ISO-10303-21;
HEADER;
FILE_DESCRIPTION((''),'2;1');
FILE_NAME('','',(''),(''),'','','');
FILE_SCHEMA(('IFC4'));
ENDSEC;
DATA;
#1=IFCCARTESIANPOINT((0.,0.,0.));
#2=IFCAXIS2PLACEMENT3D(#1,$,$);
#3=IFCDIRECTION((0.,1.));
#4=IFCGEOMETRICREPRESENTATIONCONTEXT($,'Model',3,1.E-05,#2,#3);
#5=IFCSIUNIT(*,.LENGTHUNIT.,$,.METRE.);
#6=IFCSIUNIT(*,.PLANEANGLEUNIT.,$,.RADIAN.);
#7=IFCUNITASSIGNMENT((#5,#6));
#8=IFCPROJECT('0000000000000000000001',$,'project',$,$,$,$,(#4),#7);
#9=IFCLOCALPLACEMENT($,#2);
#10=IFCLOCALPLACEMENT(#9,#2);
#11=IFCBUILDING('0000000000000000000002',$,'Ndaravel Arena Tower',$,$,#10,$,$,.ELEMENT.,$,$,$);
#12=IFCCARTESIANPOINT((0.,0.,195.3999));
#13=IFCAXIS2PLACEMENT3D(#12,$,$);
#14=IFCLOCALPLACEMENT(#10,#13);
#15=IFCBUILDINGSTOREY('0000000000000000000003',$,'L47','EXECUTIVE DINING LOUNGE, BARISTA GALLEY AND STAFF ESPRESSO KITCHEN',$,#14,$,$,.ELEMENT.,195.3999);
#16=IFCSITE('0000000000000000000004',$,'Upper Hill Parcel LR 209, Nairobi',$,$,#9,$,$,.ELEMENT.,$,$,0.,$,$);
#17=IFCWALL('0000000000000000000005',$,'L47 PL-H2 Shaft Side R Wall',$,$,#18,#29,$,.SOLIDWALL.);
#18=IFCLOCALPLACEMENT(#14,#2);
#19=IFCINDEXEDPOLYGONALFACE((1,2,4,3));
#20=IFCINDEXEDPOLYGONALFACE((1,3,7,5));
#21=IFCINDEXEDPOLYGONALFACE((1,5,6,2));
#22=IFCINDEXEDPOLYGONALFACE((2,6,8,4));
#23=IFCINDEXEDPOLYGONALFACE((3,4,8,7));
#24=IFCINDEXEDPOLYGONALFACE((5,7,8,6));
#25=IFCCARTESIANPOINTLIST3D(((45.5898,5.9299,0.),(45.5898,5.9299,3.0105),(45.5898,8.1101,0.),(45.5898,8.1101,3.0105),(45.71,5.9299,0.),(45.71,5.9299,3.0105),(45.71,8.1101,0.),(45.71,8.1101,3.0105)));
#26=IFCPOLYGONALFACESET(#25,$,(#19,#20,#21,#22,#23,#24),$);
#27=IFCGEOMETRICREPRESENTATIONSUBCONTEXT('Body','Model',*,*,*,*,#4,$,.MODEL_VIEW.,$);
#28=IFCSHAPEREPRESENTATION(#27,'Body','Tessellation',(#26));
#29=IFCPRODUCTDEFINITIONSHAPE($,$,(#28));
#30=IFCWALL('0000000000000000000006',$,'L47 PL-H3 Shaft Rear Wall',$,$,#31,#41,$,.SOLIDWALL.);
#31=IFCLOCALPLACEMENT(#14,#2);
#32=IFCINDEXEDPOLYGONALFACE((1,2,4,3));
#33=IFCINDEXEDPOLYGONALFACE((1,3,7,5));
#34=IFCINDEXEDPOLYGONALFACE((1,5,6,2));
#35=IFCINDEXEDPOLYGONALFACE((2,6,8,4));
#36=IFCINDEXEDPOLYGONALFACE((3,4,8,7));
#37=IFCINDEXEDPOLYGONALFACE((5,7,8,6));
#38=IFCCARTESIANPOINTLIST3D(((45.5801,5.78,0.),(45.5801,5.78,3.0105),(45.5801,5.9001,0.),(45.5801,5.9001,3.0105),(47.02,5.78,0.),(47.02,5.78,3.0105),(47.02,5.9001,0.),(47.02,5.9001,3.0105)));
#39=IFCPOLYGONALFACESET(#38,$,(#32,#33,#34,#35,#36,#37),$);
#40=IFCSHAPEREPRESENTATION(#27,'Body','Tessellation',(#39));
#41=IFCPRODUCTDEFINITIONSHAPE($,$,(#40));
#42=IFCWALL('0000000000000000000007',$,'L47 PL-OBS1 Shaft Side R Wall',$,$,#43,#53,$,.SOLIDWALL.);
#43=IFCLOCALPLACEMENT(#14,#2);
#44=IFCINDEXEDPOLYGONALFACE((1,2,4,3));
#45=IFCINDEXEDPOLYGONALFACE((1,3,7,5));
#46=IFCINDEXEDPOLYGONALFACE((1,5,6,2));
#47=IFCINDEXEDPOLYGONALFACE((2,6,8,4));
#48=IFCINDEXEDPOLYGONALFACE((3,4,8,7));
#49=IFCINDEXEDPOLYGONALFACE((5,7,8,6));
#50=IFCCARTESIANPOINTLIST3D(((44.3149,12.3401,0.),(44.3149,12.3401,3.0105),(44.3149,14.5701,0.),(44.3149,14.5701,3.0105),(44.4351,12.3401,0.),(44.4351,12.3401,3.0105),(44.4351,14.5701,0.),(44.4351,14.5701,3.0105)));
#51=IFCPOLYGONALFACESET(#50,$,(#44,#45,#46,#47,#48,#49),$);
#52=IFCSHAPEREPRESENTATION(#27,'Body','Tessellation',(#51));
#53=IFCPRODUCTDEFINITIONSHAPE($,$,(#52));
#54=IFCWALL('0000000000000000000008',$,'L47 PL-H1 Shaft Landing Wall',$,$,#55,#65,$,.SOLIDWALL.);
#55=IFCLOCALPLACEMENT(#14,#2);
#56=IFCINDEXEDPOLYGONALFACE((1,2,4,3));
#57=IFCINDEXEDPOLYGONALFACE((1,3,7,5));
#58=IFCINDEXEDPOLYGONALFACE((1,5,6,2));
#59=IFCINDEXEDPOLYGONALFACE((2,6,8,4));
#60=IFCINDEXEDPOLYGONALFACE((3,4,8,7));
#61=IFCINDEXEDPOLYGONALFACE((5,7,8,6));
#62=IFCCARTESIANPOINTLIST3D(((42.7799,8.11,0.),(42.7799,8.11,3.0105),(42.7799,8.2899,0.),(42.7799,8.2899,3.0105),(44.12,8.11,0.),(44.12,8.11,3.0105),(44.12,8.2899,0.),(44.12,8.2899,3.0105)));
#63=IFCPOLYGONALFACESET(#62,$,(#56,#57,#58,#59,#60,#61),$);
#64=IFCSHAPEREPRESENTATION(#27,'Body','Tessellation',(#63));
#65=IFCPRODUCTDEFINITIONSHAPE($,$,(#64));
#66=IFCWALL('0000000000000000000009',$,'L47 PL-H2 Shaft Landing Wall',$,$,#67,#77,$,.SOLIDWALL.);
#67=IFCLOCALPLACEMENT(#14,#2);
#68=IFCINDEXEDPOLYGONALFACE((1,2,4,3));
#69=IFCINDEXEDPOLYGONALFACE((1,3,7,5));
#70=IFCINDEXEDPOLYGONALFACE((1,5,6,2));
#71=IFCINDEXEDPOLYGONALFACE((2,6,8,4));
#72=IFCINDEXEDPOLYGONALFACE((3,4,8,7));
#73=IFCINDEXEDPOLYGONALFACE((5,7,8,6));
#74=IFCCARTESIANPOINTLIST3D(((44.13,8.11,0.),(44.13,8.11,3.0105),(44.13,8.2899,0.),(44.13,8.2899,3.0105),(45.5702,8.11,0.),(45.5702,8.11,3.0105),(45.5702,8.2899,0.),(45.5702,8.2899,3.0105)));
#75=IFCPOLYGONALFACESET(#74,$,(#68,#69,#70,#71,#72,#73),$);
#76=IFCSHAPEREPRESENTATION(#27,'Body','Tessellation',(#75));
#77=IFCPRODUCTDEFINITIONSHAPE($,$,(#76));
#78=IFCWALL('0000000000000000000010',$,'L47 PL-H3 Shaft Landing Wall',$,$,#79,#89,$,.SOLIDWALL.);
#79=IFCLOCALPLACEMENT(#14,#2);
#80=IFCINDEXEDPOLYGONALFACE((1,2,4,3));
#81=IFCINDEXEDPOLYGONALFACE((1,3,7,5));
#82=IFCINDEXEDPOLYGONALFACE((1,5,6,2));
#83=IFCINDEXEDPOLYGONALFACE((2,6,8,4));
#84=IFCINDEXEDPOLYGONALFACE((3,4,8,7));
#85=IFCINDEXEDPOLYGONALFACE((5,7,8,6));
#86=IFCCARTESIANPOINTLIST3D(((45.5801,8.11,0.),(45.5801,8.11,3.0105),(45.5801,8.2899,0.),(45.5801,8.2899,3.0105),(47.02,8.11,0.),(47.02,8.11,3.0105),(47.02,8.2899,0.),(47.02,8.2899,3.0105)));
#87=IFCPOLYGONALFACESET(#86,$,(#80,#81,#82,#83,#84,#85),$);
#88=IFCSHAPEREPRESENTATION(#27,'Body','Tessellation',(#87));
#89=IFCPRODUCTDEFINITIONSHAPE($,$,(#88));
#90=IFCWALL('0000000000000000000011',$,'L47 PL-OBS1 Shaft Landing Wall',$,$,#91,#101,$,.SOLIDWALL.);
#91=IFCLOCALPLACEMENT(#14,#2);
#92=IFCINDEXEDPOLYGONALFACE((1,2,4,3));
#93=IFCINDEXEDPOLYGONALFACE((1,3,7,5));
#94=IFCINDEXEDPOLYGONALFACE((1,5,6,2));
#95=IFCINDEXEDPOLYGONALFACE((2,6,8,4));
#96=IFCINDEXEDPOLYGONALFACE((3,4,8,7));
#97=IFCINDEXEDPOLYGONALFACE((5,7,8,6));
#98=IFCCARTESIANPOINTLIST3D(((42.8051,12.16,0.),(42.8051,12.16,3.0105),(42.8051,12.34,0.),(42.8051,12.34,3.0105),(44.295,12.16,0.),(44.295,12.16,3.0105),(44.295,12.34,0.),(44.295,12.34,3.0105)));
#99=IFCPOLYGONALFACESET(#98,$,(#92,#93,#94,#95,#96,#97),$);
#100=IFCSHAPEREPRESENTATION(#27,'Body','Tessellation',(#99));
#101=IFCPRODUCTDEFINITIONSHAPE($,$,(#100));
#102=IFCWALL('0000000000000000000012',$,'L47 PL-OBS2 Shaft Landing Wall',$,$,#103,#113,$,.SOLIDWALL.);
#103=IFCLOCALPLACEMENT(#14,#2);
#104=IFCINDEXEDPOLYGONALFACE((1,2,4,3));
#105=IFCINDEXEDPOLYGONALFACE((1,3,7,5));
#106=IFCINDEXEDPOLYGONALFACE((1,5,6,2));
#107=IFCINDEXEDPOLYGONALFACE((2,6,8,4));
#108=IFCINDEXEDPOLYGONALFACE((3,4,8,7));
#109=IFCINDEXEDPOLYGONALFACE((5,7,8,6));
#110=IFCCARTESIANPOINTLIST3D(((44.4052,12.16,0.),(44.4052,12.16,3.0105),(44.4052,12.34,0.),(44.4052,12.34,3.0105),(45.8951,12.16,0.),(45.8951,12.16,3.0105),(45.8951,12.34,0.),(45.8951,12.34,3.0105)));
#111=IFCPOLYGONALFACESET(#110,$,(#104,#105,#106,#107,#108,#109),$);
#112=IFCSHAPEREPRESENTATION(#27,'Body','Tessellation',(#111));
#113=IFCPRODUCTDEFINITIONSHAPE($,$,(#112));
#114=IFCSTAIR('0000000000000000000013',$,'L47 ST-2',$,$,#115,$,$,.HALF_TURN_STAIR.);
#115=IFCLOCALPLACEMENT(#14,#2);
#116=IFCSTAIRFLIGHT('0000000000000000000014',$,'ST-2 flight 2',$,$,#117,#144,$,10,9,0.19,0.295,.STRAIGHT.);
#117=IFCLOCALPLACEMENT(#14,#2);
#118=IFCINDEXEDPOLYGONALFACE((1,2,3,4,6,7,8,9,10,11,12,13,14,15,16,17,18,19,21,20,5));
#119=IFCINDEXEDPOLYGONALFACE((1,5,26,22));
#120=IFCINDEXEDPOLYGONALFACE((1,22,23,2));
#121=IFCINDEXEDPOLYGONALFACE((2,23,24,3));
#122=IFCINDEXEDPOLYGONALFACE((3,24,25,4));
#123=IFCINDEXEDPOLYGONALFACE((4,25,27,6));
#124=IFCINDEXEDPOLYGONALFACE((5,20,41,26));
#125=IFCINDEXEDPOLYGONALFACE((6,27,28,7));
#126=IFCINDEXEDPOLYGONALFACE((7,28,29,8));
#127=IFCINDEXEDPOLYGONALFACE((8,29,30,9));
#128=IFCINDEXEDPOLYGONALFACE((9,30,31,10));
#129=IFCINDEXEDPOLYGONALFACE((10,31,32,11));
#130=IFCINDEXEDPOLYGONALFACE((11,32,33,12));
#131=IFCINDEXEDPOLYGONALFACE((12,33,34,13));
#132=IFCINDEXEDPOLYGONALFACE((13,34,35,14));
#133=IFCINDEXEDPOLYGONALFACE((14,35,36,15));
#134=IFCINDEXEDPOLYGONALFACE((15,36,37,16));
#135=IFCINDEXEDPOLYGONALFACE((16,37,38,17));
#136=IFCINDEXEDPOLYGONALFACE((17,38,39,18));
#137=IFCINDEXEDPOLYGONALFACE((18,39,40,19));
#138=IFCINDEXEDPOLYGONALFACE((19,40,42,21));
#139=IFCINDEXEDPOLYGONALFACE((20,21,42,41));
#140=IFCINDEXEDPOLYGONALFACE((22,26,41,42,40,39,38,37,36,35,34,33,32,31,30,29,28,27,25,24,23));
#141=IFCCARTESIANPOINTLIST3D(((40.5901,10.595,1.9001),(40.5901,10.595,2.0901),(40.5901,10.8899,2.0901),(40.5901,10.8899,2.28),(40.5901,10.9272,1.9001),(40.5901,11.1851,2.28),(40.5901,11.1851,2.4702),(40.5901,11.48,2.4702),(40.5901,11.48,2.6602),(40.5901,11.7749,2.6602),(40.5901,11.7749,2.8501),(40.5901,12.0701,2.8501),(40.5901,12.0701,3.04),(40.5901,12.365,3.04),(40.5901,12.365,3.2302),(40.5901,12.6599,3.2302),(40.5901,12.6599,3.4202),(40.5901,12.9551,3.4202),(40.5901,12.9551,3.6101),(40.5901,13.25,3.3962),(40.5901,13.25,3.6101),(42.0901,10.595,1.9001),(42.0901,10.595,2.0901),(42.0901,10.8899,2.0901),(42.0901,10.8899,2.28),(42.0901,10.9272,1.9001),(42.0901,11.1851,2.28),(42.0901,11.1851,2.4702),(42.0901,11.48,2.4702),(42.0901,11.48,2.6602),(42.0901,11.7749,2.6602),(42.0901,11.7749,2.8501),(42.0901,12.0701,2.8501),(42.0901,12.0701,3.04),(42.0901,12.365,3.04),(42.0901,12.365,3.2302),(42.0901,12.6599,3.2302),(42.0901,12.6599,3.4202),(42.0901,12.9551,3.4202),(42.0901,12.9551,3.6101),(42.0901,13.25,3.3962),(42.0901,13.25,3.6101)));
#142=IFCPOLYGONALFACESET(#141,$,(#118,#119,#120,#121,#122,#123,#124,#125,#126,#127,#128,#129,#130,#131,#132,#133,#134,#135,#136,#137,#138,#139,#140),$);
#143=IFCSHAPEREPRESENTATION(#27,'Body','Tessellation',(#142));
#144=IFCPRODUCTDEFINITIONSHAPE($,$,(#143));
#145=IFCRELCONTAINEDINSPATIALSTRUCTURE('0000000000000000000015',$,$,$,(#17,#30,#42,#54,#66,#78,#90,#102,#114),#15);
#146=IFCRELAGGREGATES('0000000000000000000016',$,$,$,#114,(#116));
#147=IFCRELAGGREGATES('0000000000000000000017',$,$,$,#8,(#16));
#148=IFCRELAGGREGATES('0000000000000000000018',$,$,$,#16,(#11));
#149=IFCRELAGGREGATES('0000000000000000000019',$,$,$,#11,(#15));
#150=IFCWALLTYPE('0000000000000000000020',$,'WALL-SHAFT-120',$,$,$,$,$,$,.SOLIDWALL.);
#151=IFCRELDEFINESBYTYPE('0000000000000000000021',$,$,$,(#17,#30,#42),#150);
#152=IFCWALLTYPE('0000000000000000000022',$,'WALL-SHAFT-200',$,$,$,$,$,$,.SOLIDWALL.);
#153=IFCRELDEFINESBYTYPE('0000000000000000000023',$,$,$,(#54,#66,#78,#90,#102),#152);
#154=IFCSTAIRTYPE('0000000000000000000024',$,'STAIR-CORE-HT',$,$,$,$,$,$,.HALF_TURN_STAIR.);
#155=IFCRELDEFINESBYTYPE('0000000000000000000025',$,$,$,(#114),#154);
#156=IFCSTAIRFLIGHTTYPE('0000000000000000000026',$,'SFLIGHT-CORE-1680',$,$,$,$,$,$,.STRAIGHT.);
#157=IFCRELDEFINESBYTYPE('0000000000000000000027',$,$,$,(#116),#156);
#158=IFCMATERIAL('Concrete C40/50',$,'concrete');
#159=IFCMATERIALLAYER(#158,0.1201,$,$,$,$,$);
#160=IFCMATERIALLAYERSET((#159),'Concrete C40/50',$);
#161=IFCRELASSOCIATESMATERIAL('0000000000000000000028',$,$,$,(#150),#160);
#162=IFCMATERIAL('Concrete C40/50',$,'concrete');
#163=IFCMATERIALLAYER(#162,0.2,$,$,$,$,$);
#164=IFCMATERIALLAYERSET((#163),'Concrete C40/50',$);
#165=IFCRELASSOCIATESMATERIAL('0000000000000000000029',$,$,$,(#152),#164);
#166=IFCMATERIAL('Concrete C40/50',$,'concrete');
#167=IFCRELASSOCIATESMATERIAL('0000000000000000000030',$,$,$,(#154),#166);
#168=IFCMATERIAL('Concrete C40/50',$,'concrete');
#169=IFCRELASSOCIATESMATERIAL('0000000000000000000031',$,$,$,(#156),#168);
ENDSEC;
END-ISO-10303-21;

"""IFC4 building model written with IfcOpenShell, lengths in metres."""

from ifc_helpers import new_model, si_unit, direction, frame, frame_2d, origin, place, context, subcontext, project, spatial, polyline, rectangle, outline, extrude, material, layer, layer_set, type_object, element, aggregate, save


model = new_model("IFC4")

# Units and contexts
model_context = context("Model", 3, precision=1e-05, world=origin(), true_north=direction((0.0, 1.0)))
body_context = subcontext(model_context, "Body", "Model", "MODEL_VIEW")
ifc_project = project(units=[si_unit("LENGTHUNIT", "METRE"), si_unit("PLANEANGLEUNIT", "RADIAN")], contexts=[model_context])

# Site, building, storey
site_placement = place(None, origin())
site = spatial("IfcSite", under=ifc_project, at=site_placement, Name="Upper Hill Parcel LR 209, Nairobi", CompositionType="ELEMENT", RefElevation=0.0)
building_placement = place(site_placement, origin())
building = spatial("IfcBuilding", under=site, at=building_placement, Name="Ndaravel Arena Tower", CompositionType="ELEMENT")
storey_placement = place(building_placement, frame((0.0, 0.0, 195.3999)))
storey = spatial("IfcBuildingStorey", under=building, at=storey_placement, Name="L47", Description="EXECUTIVE DINING LOUNGE, BARISTA GALLEY AND STAFF ESPRESSO KITCHEN", CompositionType="ELEMENT", Elevation=195.3999)

# Walls
ifc_material_1 = material(Name="Concrete C40/50", Category="concrete")
ifc_layer_1 = layer(ifc_material_1, 0.1201)
ifc_layer_set_1 = layer_set([ifc_layer_1], Name="Concrete C40/50")
wall_type_1 = type_object("IfcWallType", Name="WALL-SHAFT-120", PredefinedType="SOLIDWALL", material=ifc_layer_set_1)
wall_1_placement = place(storey_placement, frame((45.6499, 5.9299, 0.0), z_axis=(0.0, 0.0, 1.0), x_axis=(0.0, 1.0, 0.0)))
element("IfcWall", 1, at=wall_1_placement, inside=storey, type_object=wall_type_1, Name="L47 PL-H2 Shaft Side R Wall", PredefinedType="SOLIDWALL", context=body_context, shape_type="SweptSolid", body=[
    extrude(rectangle(XDim=2.1802, YDim=0.1201, at=frame_2d((1.0901, 0.0))), origin(), (0.0, 0.0, 1.0), 3.0105),
])
wall_2_placement = place(storey_placement, frame((45.5801, 5.8401, 0.0), z_axis=(0.0, 0.0, 1.0), x_axis=(1.0, 0.0, 0.0)))
element("IfcWall", 2, at=wall_2_placement, inside=storey, type_object=wall_type_1, Name="L47 PL-H3 Shaft Rear Wall", PredefinedType="SOLIDWALL", context=body_context, shape_type="SweptSolid", body=[
    extrude(rectangle(XDim=1.4399, YDim=0.1201, at=frame_2d((0.72, 0.0))), origin(), (0.0, 0.0, 1.0), 3.0105),
])
wall_3_placement = place(storey_placement, frame((44.375, 12.3401, 0.0), z_axis=(0.0, 0.0, 1.0), x_axis=(0.0, 1.0, 0.0)))
element("IfcWall", 3, at=wall_3_placement, inside=storey, type_object=wall_type_1, Name="L47 PL-OBS1 Shaft Side R Wall", PredefinedType="SOLIDWALL", context=body_context, shape_type="SweptSolid", body=[
    extrude(rectangle(XDim=2.23, YDim=0.1201, at=frame_2d((1.115, 0.0))), origin(), (0.0, 0.0, 1.0), 3.0105),
])
ifc_material_2 = material(Name="Concrete C40/50", Category="concrete")
ifc_layer_2 = layer(ifc_material_2, 0.2)
ifc_layer_set_2 = layer_set([ifc_layer_2], Name="Concrete C40/50")
wall_type_2 = type_object("IfcWallType", Name="WALL-SHAFT-200", PredefinedType="SOLIDWALL", material=ifc_layer_set_2)
wall_4_placement = place(storey_placement, frame((42.78, 8.2, 0.0), z_axis=(0.0, 0.0, 1.0), x_axis=(1.0, 0.0, 0.0)))
element("IfcWall", 4, at=wall_4_placement, inside=storey, type_object=wall_type_2, Name="L47 PL-H1 Shaft Landing Wall", PredefinedType="SOLIDWALL", context=body_context, shape_type="SweptSolid", body=[
    extrude(rectangle(XDim=1.3401, YDim=0.1799, at=frame_2d((0.6699, 0.0))), origin(), (0.0, 0.0, 1.0), 3.0105),
])
wall_5_placement = place(storey_placement, frame((44.1299, 8.2, 0.0), z_axis=(0.0, 0.0, 1.0), x_axis=(1.0, 0.0, 0.0)))
element("IfcWall", 5, at=wall_5_placement, inside=storey, type_object=wall_type_2, Name="L47 PL-H2 Shaft Landing Wall", PredefinedType="SOLIDWALL", context=body_context, shape_type="SweptSolid", body=[
    extrude(rectangle(XDim=1.4402, YDim=0.1799, at=frame_2d((0.7202, 0.0))), origin(), (0.0, 0.0, 1.0), 3.0105),
])
wall_6_placement = place(storey_placement, frame((45.5801, 8.2, 0.0), z_axis=(0.0, 0.0, 1.0), x_axis=(1.0, 0.0, 0.0)))
element("IfcWall", 6, at=wall_6_placement, inside=storey, type_object=wall_type_2, Name="L47 PL-H3 Shaft Landing Wall", PredefinedType="SOLIDWALL", context=body_context, shape_type="SweptSolid", body=[
    extrude(rectangle(XDim=1.4399, YDim=0.1799, at=frame_2d((0.72, 0.0))), origin(), (0.0, 0.0, 1.0), 3.0105),
])
for number, where, z_axis, x_axis, name in (
    (7, (42.8049, 12.25, 0.0), (0.0, 0.0, 1.0), (1.0, 0.0, 0.0), "L47 PL-OBS1 Shaft Landing Wall"),
    (8, (44.405, 12.25, 0.0), (0.0, 0.0, 1.0), (1.0, 0.0, 0.0), "L47 PL-OBS2 Shaft Landing Wall"),
):
    element("IfcWall", number, at=place(storey_placement, frame(where, z_axis=z_axis, x_axis=x_axis)), inside=storey, type_object=wall_type_2, Name=name, PredefinedType="SOLIDWALL", context=body_context, shape_type="SweptSolid", body=[
        extrude(rectangle(XDim=1.49, YDim=0.1799, at=frame_2d((0.7451, 0.0))), origin(), (0.0, 0.0, 1.0), 3.0105),
    ])

# Stair, stair flight
ifc_material_3 = material(Name="Concrete C40/50", Category="concrete")
stair_type = type_object("IfcStairType", Name="STAIR-CORE-HT", PredefinedType="HALF_TURN_STAIR", material=ifc_material_3)
stair_placement = place(storey_placement, origin())
stair = element("IfcStair", 9, at=stair_placement, inside=storey, type_object=stair_type, Name="L47 ST-2", PredefinedType="HALF_TURN_STAIR")
ifc_material_4 = material(Name="Concrete C40/50", Category="concrete")
stair_flight_type = type_object("IfcStairFlightType", Name="SFLIGHT-CORE-1680", PredefinedType="STRAIGHT", material=ifc_material_4)
stair_flight_placement = place(storey_placement, frame((41.3401, 10.595, 1.9001), z_axis=(0.0, 0.0, 1.0), x_axis=(0.0, 1.0, 0.0)))
stair_flight = element("IfcStairFlight", 10, at=stair_flight_placement, type_object=stair_flight_type, Name="ST-2 flight 2", NumberOfRisers=10, NumberOfTreads=9, PredefinedType="STRAIGHT", RiserHeight=0.19, TreadLength=0.295, context=body_context, shape_type="SweptSolid", body=[
    extrude(outline(polyline([(0.0, 0.0), (0.0, 0.1899), (0.2949, 0.1899), (0.2949, 0.3799), (0.5901, 0.3799), (0.5901, 0.5701), (0.885, 0.5701), (0.885, 0.76), (1.1799, 0.76), (1.1799, 0.95), (1.4751, 0.95), (1.4751, 1.1399), (1.77, 1.1399), (1.77, 1.3301), (2.0649, 1.3301), (2.0649, 1.52), (2.3601, 1.52), (2.3601, 1.71), (2.655, 1.71), (2.655, 1.8999), (2.655, 1.4961), (0.3323, 0.0), (0.0, 0.0)])), frame((0.0, 0.75, 0.0), z_axis=(0.0, -1.0, 0.0), x_axis=(1.0, 0.0, 0.0)), (0.0, 0.0, 1.0), 1.5),
])
aggregate(stair, [stair_flight])

save(model, "model.ifc")
